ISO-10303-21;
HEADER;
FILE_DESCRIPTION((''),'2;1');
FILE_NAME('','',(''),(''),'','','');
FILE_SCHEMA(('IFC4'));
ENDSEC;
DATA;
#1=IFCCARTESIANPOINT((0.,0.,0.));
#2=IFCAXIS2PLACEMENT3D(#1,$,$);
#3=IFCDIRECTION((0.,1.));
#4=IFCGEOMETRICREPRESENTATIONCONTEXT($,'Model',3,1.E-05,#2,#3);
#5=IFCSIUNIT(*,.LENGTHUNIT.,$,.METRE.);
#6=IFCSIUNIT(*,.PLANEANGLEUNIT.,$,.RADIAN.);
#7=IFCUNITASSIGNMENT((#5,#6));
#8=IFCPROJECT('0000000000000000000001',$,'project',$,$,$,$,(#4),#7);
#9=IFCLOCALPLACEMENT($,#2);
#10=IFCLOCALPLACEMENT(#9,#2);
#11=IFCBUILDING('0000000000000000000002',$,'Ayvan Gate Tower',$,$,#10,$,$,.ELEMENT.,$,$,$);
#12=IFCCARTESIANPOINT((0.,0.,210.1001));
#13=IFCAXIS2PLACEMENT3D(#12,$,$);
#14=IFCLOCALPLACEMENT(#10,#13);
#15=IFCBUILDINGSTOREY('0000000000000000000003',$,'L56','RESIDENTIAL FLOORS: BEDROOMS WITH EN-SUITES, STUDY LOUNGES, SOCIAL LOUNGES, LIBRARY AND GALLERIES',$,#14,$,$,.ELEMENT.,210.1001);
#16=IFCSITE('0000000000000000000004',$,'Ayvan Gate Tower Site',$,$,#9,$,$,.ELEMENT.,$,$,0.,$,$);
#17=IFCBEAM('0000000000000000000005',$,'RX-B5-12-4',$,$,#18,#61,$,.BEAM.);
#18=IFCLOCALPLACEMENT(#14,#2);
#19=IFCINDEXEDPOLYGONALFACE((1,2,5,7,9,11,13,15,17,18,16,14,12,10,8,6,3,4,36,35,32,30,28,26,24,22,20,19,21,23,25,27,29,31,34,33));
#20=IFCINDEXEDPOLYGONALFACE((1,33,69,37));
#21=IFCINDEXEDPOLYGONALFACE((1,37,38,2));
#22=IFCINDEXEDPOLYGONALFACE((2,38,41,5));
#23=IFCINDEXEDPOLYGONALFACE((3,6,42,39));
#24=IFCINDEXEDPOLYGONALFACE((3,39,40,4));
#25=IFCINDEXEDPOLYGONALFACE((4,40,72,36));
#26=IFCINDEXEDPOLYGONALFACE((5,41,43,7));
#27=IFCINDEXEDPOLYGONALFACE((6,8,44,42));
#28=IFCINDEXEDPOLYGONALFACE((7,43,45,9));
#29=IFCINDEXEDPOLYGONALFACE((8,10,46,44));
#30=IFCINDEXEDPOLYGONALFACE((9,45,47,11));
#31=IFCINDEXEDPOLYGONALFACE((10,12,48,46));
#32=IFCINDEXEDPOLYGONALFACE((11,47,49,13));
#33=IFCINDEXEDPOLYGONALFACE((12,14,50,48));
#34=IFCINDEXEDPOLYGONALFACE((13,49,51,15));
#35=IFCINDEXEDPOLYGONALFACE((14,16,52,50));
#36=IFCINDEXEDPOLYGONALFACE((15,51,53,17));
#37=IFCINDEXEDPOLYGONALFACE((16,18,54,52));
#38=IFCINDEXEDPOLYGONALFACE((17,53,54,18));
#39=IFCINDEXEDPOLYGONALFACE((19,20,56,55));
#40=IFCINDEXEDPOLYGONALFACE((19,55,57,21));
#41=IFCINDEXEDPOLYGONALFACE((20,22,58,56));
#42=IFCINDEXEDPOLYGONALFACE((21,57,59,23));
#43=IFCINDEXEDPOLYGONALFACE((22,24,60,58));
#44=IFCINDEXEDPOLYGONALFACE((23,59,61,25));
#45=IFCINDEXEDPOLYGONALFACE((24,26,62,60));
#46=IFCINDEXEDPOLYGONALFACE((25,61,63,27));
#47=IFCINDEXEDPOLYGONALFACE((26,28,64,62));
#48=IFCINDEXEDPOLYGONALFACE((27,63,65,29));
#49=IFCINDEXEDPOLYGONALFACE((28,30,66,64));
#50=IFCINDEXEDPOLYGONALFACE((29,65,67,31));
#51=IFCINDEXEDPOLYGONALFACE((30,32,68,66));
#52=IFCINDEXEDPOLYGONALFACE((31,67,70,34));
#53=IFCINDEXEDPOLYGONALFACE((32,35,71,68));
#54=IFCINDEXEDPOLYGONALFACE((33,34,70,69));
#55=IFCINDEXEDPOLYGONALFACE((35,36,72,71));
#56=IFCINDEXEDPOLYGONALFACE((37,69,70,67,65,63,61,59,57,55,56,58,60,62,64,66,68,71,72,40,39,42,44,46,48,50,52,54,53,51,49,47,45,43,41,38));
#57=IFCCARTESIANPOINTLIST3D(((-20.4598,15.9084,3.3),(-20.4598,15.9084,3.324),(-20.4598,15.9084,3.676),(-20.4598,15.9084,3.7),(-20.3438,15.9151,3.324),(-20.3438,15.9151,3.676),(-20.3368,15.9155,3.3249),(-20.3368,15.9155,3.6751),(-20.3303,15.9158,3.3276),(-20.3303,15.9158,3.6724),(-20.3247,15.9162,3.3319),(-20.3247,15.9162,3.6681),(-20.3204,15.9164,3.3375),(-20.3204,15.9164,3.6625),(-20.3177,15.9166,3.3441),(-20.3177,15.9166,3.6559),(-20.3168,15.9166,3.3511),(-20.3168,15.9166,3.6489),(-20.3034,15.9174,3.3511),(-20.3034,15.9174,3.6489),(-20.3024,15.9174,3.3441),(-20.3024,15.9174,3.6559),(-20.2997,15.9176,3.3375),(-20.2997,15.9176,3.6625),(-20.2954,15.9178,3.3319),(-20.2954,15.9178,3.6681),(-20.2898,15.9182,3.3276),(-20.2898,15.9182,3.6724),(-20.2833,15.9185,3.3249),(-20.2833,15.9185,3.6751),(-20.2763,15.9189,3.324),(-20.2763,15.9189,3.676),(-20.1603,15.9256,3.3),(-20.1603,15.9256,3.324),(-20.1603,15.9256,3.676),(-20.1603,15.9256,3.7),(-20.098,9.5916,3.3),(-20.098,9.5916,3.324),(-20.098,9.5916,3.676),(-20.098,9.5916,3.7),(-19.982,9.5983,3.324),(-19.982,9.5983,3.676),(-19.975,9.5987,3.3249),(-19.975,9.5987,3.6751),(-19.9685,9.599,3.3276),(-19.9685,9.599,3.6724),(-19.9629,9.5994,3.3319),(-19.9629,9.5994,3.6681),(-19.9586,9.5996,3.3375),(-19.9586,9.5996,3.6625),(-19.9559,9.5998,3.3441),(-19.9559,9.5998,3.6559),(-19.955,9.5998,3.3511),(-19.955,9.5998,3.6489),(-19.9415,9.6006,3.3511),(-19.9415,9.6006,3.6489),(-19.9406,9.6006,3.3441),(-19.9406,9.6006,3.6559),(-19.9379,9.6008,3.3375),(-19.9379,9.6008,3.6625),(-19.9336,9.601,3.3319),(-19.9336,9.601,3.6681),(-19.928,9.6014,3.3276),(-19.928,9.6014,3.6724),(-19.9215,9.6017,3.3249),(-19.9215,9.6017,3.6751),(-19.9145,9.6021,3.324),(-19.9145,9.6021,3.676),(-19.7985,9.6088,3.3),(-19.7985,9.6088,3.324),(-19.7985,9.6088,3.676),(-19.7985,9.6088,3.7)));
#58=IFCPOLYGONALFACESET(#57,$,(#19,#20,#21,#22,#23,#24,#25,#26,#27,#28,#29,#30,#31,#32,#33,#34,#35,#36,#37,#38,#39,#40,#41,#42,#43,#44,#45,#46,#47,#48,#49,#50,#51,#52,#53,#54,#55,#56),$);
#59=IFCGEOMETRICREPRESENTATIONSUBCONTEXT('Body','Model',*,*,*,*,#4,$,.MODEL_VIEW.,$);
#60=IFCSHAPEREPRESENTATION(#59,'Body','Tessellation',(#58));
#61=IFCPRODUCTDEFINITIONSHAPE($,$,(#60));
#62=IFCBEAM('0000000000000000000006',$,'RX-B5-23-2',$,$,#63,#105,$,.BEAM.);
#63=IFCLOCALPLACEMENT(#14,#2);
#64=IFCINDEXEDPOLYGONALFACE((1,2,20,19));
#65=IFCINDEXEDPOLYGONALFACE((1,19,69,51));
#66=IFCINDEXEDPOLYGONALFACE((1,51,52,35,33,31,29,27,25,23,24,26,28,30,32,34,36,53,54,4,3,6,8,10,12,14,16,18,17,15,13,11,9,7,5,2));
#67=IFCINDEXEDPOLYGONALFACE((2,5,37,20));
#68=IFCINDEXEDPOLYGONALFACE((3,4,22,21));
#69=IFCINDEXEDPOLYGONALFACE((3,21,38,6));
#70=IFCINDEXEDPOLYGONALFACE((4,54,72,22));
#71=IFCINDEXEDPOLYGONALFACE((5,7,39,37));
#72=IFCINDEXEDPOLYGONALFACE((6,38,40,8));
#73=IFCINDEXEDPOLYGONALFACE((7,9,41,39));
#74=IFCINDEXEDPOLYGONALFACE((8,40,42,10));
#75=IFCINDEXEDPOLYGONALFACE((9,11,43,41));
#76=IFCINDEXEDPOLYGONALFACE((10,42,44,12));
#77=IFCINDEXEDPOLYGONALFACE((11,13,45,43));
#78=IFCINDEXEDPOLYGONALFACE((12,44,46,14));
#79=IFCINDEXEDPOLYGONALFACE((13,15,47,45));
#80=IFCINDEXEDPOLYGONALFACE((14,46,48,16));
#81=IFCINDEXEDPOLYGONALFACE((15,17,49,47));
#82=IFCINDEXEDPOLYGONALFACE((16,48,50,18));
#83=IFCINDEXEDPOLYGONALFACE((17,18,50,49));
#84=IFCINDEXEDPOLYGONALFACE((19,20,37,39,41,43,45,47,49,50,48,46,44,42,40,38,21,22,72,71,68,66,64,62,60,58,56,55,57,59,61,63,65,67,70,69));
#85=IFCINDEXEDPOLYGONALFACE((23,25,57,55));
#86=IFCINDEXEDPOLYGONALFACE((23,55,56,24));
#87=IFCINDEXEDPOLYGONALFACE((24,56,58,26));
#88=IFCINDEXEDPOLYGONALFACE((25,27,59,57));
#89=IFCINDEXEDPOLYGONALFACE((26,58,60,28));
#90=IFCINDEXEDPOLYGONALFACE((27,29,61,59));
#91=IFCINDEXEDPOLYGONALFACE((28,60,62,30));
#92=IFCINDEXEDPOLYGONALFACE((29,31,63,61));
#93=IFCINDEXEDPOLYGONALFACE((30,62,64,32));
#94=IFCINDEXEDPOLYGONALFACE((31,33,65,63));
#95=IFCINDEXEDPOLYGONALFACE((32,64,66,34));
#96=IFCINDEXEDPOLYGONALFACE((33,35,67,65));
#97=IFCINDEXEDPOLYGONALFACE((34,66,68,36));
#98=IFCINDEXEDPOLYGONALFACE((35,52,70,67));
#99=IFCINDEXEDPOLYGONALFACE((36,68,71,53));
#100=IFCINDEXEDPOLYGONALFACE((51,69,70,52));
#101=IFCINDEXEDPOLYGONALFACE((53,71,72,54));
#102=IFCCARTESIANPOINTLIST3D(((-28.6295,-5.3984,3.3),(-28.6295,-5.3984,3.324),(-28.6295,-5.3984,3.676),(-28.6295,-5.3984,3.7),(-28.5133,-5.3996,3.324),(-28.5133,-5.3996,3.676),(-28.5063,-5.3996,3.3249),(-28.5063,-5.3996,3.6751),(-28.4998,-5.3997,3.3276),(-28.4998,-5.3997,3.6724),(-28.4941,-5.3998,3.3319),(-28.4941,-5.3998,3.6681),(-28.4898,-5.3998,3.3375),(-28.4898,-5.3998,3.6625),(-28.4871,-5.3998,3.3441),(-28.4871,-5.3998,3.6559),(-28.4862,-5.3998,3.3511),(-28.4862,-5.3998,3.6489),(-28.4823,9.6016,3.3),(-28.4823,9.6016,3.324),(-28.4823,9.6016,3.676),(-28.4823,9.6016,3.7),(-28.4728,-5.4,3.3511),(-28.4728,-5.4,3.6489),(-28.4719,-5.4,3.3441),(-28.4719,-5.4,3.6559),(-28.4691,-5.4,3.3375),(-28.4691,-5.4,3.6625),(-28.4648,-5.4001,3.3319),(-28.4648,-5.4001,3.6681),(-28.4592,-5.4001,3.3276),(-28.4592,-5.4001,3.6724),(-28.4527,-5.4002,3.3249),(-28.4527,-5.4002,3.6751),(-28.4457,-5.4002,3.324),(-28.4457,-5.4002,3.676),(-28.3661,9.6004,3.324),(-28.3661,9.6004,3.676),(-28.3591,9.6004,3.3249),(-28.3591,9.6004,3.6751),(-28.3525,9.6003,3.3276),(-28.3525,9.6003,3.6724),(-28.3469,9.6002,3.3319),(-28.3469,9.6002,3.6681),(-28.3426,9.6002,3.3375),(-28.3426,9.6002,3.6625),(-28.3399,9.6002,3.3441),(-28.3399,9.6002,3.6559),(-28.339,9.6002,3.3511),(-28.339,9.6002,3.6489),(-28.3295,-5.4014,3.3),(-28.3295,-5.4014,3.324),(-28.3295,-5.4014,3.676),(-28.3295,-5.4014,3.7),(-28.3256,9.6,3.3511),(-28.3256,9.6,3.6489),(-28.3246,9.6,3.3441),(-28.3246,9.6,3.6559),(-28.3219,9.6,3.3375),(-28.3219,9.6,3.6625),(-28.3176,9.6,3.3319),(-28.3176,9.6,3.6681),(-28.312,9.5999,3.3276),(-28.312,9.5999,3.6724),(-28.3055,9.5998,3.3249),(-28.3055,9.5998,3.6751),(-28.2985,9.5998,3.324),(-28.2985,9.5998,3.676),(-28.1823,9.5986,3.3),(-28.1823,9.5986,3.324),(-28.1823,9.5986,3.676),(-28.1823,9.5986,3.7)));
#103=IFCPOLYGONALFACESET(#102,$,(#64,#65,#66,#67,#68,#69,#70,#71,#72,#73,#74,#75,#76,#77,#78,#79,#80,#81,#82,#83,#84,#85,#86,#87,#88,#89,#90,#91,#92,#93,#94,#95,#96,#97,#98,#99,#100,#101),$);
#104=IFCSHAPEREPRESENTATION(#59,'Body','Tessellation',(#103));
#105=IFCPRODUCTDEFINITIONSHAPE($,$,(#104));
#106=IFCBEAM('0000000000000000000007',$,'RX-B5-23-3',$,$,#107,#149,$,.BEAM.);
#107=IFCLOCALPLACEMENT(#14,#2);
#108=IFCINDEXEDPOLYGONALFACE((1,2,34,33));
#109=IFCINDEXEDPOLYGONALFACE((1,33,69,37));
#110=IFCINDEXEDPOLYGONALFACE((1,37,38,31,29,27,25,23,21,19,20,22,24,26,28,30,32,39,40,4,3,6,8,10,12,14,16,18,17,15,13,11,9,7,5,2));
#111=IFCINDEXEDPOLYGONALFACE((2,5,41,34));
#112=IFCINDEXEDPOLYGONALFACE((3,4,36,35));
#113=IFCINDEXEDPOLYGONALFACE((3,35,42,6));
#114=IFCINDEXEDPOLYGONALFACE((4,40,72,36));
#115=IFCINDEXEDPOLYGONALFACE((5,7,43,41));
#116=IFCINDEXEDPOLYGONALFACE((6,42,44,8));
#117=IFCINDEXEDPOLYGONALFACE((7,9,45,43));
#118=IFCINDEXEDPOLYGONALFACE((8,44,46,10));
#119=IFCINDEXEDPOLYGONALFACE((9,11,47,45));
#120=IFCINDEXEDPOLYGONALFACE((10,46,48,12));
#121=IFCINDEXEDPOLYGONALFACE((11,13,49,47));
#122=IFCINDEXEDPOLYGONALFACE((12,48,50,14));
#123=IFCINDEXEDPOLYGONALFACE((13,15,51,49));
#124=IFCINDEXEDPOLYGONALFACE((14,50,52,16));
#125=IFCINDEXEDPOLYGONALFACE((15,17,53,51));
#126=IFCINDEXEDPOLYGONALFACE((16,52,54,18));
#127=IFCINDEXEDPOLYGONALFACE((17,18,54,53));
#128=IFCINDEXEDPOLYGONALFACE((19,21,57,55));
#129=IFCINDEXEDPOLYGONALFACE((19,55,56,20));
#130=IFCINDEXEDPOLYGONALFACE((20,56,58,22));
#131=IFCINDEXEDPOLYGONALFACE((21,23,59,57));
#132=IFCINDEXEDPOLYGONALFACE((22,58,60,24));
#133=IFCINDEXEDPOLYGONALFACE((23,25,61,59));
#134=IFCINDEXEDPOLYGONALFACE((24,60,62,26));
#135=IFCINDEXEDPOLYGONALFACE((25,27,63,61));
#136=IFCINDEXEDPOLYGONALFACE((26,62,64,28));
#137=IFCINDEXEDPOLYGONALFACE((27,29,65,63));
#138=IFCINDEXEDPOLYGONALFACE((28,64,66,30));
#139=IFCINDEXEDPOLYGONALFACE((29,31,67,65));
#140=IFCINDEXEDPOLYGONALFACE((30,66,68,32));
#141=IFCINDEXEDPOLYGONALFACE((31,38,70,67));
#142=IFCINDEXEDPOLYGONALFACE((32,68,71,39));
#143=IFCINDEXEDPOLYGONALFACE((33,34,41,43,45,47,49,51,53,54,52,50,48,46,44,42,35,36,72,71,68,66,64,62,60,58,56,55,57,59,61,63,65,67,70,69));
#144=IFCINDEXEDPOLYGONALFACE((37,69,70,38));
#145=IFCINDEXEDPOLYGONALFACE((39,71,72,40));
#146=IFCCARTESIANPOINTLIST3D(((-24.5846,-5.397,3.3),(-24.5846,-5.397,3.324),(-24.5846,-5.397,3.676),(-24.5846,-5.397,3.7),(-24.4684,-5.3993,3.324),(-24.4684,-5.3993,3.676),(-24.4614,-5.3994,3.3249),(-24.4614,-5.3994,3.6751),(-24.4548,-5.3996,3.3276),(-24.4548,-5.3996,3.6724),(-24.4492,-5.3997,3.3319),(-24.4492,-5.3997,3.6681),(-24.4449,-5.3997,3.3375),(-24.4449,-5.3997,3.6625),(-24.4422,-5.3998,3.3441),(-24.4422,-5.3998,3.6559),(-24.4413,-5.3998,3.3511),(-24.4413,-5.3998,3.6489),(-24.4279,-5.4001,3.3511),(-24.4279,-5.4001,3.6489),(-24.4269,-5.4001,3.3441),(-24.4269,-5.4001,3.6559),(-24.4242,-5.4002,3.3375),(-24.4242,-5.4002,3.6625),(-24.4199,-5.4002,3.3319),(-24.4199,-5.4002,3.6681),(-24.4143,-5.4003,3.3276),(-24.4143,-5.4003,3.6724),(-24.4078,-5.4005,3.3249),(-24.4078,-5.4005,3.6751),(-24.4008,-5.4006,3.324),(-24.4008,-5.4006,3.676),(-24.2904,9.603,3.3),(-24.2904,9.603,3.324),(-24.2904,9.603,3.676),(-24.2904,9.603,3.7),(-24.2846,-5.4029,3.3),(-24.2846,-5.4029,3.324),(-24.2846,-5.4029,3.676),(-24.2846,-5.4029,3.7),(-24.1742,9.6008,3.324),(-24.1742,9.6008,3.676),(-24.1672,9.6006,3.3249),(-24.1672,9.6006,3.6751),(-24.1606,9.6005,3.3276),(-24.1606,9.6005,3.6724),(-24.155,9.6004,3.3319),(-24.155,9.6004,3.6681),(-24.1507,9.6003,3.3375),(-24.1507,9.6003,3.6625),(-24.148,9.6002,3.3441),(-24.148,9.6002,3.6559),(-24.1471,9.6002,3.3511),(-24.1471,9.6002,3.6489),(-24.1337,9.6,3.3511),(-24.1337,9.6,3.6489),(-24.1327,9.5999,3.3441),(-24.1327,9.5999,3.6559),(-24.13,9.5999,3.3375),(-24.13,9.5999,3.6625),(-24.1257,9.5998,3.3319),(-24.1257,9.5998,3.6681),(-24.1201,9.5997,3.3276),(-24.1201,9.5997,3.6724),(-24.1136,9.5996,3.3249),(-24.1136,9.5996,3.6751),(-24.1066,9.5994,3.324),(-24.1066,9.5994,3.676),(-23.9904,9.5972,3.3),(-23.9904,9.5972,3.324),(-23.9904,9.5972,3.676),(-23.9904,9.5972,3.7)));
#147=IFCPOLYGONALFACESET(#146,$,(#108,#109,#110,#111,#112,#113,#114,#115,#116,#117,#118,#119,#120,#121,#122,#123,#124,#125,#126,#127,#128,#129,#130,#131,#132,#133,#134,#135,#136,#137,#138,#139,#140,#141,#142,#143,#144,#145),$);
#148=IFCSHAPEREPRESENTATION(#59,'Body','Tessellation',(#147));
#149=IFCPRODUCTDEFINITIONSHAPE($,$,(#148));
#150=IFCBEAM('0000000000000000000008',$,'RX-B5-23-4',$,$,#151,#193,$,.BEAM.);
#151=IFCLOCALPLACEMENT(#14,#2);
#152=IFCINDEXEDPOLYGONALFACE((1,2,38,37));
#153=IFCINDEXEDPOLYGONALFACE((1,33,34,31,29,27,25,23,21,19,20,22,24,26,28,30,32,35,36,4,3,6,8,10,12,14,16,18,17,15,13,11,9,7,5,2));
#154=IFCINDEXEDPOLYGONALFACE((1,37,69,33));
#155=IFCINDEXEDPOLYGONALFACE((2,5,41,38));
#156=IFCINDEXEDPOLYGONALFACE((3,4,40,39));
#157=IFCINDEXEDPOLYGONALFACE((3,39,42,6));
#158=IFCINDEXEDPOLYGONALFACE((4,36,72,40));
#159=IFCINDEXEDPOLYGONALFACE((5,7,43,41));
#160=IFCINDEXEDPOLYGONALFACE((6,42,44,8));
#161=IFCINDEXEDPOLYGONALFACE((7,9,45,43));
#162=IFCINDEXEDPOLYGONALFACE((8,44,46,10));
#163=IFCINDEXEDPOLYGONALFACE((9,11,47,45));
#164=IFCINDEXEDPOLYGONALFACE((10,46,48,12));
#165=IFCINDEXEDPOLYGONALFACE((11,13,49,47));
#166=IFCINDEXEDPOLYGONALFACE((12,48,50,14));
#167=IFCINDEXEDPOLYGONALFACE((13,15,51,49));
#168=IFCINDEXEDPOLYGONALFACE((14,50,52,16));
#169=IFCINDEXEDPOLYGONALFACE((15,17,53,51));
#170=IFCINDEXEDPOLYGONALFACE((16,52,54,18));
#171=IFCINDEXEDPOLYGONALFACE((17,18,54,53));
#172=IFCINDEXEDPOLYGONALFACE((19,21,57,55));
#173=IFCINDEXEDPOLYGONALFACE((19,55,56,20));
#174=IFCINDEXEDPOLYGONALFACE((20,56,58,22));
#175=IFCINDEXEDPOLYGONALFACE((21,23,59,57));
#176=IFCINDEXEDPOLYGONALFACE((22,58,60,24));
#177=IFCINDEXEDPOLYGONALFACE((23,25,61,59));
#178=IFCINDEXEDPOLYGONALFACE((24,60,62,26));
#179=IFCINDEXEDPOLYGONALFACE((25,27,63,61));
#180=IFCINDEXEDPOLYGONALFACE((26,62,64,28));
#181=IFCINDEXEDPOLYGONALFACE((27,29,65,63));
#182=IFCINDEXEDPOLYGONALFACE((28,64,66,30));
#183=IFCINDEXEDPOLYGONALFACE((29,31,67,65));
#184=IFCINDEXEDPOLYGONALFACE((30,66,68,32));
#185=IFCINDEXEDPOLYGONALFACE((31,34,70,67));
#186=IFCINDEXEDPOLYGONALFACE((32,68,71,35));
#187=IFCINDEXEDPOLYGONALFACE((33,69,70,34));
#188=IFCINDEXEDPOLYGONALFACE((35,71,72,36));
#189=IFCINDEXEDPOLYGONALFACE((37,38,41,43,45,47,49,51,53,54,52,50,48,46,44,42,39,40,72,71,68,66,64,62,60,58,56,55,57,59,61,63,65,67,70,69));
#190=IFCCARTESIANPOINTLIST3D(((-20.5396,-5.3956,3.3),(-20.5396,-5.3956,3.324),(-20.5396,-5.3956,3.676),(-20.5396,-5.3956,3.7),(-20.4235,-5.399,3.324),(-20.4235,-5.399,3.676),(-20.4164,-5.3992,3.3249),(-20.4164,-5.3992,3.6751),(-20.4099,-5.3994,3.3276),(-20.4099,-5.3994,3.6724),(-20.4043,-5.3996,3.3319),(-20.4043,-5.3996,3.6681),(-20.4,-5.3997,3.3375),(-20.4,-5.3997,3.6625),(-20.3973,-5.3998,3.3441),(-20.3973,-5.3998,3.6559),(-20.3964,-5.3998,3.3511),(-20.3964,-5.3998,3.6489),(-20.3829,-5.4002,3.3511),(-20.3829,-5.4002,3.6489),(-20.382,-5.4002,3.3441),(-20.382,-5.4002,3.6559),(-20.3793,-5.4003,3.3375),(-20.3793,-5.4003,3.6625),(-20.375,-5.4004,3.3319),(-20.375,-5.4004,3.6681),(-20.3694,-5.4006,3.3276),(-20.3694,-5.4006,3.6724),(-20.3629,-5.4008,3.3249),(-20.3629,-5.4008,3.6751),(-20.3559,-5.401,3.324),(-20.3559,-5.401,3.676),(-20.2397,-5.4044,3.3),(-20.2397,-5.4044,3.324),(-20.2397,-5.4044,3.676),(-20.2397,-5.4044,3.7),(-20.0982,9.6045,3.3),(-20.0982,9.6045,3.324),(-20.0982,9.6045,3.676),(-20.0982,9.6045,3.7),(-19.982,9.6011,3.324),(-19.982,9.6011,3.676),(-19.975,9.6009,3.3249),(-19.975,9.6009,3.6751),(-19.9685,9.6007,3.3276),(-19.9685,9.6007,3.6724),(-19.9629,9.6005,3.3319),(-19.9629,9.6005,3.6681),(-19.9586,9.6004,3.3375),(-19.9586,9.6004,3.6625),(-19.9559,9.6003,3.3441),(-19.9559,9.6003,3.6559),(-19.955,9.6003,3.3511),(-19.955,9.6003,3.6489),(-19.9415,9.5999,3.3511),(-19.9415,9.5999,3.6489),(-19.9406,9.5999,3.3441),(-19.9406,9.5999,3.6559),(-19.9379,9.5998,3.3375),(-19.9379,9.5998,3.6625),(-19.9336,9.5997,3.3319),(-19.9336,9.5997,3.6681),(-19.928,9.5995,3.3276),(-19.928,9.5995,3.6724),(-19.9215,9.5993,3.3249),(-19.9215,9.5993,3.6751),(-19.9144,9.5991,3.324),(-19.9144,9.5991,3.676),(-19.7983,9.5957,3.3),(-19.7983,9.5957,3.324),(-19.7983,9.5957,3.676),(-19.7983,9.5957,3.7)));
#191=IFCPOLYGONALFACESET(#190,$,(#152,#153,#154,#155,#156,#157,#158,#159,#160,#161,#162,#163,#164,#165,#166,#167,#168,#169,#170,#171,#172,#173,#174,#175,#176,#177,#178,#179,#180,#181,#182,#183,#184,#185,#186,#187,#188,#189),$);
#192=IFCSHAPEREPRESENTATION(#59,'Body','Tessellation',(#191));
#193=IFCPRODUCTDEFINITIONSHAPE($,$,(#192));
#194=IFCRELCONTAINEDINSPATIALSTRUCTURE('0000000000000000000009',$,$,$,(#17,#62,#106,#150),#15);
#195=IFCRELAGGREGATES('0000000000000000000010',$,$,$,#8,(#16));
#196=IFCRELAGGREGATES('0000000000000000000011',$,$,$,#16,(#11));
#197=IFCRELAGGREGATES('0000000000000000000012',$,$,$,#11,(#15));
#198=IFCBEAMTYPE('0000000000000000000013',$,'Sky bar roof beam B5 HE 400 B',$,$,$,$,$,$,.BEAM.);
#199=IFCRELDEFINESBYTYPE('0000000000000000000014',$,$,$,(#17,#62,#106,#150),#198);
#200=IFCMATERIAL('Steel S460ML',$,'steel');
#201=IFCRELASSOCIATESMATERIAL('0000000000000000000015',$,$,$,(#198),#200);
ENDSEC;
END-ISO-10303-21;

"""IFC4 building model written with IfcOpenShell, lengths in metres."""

from ifc_helpers import new_model, si_unit, direction, frame, origin, origin_2d, place, context, subcontext, project, spatial, i_section, extrude, material, material_profile, profile_set, type_object, element, save


model = new_model("IFC4")

# Units and contexts
model_context = context("Model", 3, precision=1e-05, world=origin(), true_north=direction((0.0, 1.0)))
body_context = subcontext(model_context, "Body", "Model", "MODEL_VIEW")
ifc_project = project(units=[si_unit("LENGTHUNIT", "METRE"), si_unit("PLANEANGLEUNIT", "RADIAN")], contexts=[model_context])

# Site, building, storey
site_placement = place(None, origin())
site = spatial("IfcSite", under=ifc_project, at=site_placement, Name="Ayvan Gate Tower Site", CompositionType="ELEMENT", RefElevation=0.0)
building_placement = place(site_placement, origin())
building = spatial("IfcBuilding", under=site, at=building_placement, Name="Ayvan Gate Tower", CompositionType="ELEMENT")
storey_placement = place(building_placement, frame((0.0, 0.0, 210.1001)))
storey = spatial("IfcBuildingStorey", under=building, at=storey_placement, Name="L56", Description="RESIDENTIAL FLOORS: BEDROOMS WITH EN-SUITES, STUDY LOUNGES, SOCIAL LOUNGES, LIBRARY AND GALLERIES", CompositionType="ELEMENT", Elevation=210.1001)

# Beams
ifc_material_1 = material(Name="Steel S460ML", Category="steel")
ifc_material_profile_1 = material_profile(ifc_material_1, i_section(OverallWidth=0.3, OverallDepth=0.3999, WebThickness=0.0134, FlangeThickness=0.0239, FilletRadius=0.0271, at=origin_2d()), Name="HE 400 B")
ifc_profile_set_1 = profile_set([ifc_material_profile_1], Name="Steel S460ML")
beam_type = type_object("IfcBeamType", Name="Sky bar roof beam B5 HE 400 B", PredefinedType="BEAM", material=ifc_profile_set_1)
beam_1_placement = place(storey_placement, frame((-20.3101, 15.917, 3.5), z_axis=(0.057184, -0.998364, 0.0), x_axis=(0.998364, 0.057184, 0.0)))
element("IfcBeam", 1, at=beam_1_placement, inside=storey, type_object=beam_type, Name="RX-B5-12-4", PredefinedType="BEAM", context=body_context, shape_type="SweptSolid", body=[
    extrude(i_section(OverallWidth=0.3, OverallDepth=0.3999, WebThickness=0.0134, FlangeThickness=0.0239, FilletRadius=0.0271, at=origin_2d()), origin(), (0.0, 0.0, 1.0), 6.3271),
])
beam_2_placement = place(storey_placement, frame((-28.3323, 9.6001, 3.5), z_axis=(-0.009814, -0.999952, 0.0), x_axis=(0.999952, -0.009814, 0.0)))
element("IfcBeam", 2, at=beam_2_placement, inside=storey, type_object=beam_type, Name="RX-B5-23-2", PredefinedType="BEAM", context=body_context, shape_type="SweptSolid", body=[
    extrude(i_section(OverallWidth=0.3, OverallDepth=0.3999, WebThickness=0.0134, FlangeThickness=0.0239, FilletRadius=0.0271, at=origin_2d()), origin(), (0.0, 0.0, 1.0), 15.0007),
])
beam_3_placement = place(storey_placement, frame((-24.1404, 9.6001, 3.5), z_axis=(-0.019609, -0.999808, 0.0), x_axis=(0.999808, -0.019609, 0.0)))
element("IfcBeam", 3, at=beam_3_placement, inside=storey, type_object=beam_type, Name="RX-B5-23-3", PredefinedType="BEAM", context=body_context, shape_type="SweptSolid", body=[
    extrude(i_section(OverallWidth=0.3, OverallDepth=0.3999, WebThickness=0.0134, FlangeThickness=0.0239, FilletRadius=0.0271, at=origin_2d()), origin(), (0.0, 0.0, 1.0), 15.0029),
])
beam_4_placement = place(storey_placement, frame((-19.9482, 9.6001, 3.5), z_axis=(-0.029414, -0.999567, 0.0), x_axis=(0.999567, -0.029414, 0.0)))
element("IfcBeam", 4, at=beam_4_placement, inside=storey, type_object=beam_type, Name="RX-B5-23-4", PredefinedType="BEAM", context=body_context, shape_type="SweptSolid", body=[
    extrude(i_section(OverallWidth=0.3, OverallDepth=0.3999, WebThickness=0.0134, FlangeThickness=0.0239, FilletRadius=0.0271, at=origin_2d()), origin(), (0.0, 0.0, 1.0), 15.0066),
])

save(model, "model.ifc")
